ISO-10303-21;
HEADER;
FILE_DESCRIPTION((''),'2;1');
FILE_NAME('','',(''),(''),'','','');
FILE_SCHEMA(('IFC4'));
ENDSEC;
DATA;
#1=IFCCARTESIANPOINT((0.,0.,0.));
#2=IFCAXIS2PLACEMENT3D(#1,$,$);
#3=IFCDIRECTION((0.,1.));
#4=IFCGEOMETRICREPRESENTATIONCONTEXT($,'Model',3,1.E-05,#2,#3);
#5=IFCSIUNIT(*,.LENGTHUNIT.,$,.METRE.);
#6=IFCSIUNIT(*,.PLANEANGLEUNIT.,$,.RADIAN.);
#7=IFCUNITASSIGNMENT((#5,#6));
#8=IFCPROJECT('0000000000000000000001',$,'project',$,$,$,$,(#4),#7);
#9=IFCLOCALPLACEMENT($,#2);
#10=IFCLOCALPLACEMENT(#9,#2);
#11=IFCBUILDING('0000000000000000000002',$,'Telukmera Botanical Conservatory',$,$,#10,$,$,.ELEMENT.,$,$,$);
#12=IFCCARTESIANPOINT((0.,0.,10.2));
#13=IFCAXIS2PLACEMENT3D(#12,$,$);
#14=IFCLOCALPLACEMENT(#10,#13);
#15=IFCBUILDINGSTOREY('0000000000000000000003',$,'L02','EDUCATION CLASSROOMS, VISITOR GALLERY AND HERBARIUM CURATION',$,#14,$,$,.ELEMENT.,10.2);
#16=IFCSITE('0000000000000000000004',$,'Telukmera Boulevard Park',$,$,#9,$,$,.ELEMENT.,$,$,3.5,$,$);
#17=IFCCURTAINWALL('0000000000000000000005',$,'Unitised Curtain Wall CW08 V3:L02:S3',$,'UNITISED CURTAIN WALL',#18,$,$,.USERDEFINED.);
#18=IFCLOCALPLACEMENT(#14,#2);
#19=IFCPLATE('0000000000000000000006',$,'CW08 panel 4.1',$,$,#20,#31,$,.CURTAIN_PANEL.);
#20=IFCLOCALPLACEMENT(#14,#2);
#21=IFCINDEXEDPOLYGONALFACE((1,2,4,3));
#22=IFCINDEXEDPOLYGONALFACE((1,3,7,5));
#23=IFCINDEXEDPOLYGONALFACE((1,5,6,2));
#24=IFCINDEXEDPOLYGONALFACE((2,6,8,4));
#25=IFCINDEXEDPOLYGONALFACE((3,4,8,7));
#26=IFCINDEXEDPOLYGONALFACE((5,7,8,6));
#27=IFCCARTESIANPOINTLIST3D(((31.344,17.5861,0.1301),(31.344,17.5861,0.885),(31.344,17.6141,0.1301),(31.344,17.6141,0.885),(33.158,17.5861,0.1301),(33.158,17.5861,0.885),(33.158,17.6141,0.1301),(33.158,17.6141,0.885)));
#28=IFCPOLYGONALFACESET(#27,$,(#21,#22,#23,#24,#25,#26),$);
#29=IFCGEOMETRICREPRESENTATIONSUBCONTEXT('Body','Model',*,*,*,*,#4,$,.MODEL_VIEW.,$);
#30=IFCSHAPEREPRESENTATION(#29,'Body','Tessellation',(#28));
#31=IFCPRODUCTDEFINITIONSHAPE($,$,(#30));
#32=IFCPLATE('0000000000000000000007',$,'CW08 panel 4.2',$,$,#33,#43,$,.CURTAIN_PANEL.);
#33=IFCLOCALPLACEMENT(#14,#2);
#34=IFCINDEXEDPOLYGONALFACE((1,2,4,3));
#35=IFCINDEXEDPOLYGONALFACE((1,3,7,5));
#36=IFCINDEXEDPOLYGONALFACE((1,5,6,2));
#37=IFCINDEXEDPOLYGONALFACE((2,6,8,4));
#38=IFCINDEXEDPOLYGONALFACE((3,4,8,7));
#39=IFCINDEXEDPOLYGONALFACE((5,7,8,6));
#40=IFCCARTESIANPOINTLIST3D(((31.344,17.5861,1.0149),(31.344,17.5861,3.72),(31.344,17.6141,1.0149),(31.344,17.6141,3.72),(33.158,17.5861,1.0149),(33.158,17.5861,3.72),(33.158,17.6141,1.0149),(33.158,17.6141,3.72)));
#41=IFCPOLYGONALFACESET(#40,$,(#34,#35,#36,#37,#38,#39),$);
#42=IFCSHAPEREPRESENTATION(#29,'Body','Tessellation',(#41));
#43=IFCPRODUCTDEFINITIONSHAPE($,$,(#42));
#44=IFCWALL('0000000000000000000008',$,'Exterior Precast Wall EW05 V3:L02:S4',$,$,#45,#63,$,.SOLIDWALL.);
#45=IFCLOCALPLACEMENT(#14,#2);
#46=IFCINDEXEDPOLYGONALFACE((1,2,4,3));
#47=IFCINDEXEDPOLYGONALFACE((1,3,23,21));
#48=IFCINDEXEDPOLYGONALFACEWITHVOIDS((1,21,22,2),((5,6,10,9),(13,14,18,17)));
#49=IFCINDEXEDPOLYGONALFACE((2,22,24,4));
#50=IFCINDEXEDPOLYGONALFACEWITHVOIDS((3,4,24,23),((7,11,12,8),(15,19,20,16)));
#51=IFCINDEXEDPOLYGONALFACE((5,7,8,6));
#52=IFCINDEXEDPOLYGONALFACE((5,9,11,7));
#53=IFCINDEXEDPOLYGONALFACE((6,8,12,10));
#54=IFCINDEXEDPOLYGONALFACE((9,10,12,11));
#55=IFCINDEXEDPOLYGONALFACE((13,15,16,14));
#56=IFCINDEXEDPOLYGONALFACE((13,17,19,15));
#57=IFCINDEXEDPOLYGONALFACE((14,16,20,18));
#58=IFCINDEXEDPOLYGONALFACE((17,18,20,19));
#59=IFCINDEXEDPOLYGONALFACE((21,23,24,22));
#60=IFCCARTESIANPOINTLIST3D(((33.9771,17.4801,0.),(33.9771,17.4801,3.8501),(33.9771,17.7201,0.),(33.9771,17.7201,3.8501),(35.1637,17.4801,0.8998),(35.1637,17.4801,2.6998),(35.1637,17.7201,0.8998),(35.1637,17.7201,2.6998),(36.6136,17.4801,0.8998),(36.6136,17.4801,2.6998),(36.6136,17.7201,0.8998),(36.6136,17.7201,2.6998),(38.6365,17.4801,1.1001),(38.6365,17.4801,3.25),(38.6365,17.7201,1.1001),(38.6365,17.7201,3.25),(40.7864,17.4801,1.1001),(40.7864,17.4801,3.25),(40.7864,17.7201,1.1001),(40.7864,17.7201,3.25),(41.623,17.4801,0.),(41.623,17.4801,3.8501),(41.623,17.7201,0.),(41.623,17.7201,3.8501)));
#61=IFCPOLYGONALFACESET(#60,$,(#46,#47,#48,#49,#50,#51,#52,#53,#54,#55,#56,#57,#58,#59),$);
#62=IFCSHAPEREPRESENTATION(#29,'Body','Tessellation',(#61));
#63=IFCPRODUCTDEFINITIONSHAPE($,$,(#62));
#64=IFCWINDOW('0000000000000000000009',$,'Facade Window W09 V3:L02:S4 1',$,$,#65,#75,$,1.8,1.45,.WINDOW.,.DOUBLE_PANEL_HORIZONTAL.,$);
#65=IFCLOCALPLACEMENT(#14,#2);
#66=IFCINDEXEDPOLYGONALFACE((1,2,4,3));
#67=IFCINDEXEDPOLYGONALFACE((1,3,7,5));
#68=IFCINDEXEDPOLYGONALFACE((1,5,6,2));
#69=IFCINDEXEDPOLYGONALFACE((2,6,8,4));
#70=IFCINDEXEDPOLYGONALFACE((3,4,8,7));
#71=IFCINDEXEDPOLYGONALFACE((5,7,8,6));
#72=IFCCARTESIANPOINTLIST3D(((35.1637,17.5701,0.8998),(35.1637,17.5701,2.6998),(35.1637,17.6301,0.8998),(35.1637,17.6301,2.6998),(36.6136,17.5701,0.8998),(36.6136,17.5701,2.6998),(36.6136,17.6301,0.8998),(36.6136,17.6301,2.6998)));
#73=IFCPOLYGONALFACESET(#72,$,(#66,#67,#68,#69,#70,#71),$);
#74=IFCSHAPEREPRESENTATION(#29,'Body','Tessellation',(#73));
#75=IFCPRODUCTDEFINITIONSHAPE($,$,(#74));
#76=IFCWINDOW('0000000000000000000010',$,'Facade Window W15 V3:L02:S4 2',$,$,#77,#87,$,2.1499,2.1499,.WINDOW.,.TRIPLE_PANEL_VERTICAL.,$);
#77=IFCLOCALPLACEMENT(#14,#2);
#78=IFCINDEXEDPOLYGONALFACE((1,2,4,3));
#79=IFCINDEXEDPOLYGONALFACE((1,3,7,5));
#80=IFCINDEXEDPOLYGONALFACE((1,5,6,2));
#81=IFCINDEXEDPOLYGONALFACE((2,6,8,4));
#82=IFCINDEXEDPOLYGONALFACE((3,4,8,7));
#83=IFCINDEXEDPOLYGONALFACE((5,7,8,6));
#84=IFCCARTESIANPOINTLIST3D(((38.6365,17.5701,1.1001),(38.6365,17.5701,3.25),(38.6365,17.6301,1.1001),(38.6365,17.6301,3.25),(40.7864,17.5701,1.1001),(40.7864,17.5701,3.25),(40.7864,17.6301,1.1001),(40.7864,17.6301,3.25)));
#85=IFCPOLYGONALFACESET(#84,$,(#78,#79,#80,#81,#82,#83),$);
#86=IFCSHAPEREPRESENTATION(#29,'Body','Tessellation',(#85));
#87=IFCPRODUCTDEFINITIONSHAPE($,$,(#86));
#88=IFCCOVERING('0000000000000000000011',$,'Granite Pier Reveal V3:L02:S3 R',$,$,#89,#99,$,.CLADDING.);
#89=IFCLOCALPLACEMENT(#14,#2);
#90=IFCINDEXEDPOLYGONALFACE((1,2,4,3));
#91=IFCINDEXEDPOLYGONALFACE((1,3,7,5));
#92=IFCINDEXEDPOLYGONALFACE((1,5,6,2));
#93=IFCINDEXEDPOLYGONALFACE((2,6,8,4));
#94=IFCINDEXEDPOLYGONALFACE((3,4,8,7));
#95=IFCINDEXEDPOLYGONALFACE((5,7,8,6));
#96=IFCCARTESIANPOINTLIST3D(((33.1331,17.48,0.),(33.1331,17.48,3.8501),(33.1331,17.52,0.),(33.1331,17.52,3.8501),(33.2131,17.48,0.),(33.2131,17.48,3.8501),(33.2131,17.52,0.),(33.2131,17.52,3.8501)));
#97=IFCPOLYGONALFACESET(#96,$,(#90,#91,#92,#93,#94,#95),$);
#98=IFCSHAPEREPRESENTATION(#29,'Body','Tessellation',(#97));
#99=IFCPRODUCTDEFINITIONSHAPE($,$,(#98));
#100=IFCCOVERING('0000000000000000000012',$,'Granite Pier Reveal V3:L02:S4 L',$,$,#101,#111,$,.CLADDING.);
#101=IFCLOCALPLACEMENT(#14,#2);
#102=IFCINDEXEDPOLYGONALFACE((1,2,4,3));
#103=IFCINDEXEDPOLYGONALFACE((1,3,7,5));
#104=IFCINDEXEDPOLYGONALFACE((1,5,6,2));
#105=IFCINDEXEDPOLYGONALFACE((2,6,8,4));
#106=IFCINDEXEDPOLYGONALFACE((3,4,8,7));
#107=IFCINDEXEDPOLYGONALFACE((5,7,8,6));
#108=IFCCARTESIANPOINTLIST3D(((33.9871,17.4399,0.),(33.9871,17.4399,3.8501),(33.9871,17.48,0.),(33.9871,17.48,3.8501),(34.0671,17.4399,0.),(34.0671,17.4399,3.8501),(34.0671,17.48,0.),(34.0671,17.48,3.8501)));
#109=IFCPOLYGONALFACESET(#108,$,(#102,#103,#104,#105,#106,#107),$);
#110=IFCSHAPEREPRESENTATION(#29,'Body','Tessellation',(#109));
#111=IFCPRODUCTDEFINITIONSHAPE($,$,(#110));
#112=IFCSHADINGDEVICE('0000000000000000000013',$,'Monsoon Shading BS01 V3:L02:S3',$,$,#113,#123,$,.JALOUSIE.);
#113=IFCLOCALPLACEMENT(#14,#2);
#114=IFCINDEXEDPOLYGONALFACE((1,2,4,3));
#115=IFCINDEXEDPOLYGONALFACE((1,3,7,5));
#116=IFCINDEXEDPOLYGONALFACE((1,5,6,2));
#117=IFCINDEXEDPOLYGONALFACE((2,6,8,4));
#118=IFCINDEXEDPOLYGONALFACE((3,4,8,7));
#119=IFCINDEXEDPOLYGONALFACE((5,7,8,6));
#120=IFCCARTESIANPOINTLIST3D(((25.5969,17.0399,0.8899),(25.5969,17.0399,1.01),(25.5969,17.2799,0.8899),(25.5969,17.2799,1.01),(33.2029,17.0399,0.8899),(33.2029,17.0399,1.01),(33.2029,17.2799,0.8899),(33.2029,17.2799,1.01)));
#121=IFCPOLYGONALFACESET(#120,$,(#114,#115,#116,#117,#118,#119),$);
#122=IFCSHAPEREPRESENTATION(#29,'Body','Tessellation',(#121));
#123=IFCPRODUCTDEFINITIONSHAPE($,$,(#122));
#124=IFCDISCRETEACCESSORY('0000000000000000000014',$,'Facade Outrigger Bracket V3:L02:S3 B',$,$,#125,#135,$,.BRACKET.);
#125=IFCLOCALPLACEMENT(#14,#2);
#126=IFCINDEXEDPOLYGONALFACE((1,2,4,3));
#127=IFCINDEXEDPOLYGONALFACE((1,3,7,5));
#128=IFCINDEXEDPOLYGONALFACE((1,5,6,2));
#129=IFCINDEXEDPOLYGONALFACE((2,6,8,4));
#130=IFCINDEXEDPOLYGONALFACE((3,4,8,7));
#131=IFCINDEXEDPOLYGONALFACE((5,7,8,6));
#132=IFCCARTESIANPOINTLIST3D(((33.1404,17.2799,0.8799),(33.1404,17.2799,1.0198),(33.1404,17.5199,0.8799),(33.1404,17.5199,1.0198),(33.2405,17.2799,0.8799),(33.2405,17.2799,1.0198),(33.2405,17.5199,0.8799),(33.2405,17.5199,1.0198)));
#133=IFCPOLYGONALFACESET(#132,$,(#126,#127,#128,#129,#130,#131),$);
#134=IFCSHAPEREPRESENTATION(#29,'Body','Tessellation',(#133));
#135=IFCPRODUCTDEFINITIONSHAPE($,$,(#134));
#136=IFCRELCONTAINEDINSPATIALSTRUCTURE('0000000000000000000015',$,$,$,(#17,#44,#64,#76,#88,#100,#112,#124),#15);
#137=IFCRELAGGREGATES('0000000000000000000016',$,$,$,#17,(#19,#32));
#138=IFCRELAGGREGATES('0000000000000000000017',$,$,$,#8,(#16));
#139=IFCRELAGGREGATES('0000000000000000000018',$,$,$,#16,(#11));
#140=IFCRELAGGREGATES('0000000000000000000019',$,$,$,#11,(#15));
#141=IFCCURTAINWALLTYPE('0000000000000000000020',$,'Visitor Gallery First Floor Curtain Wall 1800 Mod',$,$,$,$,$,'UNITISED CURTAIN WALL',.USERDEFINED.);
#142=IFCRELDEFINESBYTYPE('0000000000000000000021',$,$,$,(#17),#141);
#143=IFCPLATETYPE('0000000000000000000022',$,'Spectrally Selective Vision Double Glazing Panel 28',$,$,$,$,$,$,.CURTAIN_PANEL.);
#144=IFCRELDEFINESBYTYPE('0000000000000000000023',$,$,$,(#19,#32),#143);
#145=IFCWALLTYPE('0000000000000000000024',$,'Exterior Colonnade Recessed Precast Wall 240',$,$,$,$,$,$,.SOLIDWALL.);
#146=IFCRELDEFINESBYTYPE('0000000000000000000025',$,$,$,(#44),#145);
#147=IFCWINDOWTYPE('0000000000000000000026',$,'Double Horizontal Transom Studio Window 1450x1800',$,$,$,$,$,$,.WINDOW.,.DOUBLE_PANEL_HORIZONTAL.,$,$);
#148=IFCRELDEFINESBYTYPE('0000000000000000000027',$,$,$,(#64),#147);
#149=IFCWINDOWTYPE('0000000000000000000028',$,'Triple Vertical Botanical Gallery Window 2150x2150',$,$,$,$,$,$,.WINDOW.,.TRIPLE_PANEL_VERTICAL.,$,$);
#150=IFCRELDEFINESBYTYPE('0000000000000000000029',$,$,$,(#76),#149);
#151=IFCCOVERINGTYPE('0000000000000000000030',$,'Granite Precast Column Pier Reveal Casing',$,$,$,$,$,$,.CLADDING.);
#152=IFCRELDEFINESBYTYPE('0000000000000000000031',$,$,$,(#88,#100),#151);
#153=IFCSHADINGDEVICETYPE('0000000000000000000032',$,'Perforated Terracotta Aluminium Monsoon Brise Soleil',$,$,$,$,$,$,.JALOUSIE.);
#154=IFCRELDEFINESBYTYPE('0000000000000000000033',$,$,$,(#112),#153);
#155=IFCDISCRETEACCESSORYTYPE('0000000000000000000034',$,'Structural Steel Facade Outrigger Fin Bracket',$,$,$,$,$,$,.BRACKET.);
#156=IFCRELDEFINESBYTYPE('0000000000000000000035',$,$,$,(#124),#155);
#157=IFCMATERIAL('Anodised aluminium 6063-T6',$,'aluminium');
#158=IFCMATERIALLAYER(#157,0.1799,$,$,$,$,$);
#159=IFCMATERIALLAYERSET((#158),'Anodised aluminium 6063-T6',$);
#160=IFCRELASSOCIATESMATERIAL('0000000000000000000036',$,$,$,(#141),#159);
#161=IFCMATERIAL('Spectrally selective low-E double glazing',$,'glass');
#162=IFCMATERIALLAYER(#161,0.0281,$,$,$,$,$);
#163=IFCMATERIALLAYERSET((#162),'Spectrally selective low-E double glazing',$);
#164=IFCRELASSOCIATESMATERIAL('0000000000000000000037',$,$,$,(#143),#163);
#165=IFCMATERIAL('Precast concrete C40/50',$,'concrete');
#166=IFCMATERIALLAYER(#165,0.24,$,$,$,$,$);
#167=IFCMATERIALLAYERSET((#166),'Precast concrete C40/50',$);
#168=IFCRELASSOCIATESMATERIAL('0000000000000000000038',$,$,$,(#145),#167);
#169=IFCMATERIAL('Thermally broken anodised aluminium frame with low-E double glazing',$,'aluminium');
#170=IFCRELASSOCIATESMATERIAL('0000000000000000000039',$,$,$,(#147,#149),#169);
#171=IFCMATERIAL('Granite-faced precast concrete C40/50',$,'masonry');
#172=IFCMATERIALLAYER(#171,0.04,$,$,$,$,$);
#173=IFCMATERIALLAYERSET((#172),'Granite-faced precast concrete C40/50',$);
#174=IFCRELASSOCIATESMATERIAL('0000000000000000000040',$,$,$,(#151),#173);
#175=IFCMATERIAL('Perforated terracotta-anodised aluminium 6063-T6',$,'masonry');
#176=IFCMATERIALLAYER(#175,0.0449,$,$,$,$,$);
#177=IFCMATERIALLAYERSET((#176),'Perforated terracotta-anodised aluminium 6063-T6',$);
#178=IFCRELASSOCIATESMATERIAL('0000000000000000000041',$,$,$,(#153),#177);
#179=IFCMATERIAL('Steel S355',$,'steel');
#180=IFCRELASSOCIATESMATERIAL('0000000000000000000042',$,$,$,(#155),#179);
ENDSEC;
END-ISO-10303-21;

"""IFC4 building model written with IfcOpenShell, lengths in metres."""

from ifc_helpers import new_model, si_unit, direction, frame, frame_2d, origin, origin_2d, place, context, subcontext, project, spatial, rectangle, extrude, material, layer, layer_set, type_object, element, fill, aggregate, save


model = new_model("IFC4")

# Units and contexts
model_context = context("Model", 3, precision=1e-05, world=origin(), true_north=direction((0.0, 1.0)))
body_context = subcontext(model_context, "Body", "Model", "MODEL_VIEW")
ifc_project = project(units=[si_unit("LENGTHUNIT", "METRE"), si_unit("PLANEANGLEUNIT", "RADIAN")], contexts=[model_context])

# Site, building, storey
site_placement = place(None, origin())
site = spatial("IfcSite", under=ifc_project, at=site_placement, Name="Telukmera Boulevard Park", CompositionType="ELEMENT", RefElevation=3.5)
building_placement = place(site_placement, origin())
building = spatial("IfcBuilding", under=site, at=building_placement, Name="Telukmera Botanical Conservatory", CompositionType="ELEMENT")
storey_placement = place(building_placement, frame((0.0, 0.0, 10.2)))
storey = spatial("IfcBuildingStorey", under=building, at=storey_placement, Name="L02", Description="EDUCATION CLASSROOMS, VISITOR GALLERY AND HERBARIUM CURATION", CompositionType="ELEMENT", Elevation=10.2)

# Curtain wall, plates
ifc_material_1 = material(Name="Anodised aluminium 6063-T6", Category="aluminium")
ifc_layer_1 = layer(ifc_material_1, 0.1799)
ifc_layer_set_1 = layer_set([ifc_layer_1], Name="Anodised aluminium 6063-T6")
curtain_wall_type = type_object("IfcCurtainWallType", Name="Visitor Gallery First Floor Curtain Wall 1800 Mod", ElementType="UNITISED CURTAIN WALL", PredefinedType="USERDEFINED", material=ifc_layer_set_1)
curtain_wall_placement = place(storey_placement, origin())
curtain_wall = element("IfcCurtainWall", 1, at=curtain_wall_placement, inside=storey, type_object=curtain_wall_type, Name="Unitised Curtain Wall CW08 V3:L02:S3", ObjectType="UNITISED CURTAIN WALL", PredefinedType="USERDEFINED")
ifc_material_2 = material(Name="Spectrally selective low-E double glazing", Category="glass")
ifc_layer_2 = layer(ifc_material_2, 0.0281)
ifc_layer_set_2 = layer_set([ifc_layer_2], Name="Spectrally selective low-E double glazing")
plate_type = type_object("IfcPlateType", Name="Spectrally Selective Vision Double Glazing Panel 28", PredefinedType="CURTAIN_PANEL", material=ifc_layer_set_2)
plate_1_placement = place(storey_placement, frame((32.251, 17.6001, 0.1301), z_axis=(0.0, 0.0, 1.0), x_axis=(1.0, 0.0, 0.0)))
plate_1 = element("IfcPlate", 2, at=plate_1_placement, type_object=plate_type, Name="CW08 panel 4.1", PredefinedType="CURTAIN_PANEL", context=body_context, shape_type="SweptSolid", body=[
    extrude(rectangle(XDim=1.814, YDim=0.0281, at=origin_2d()), origin(), (0.0, 0.0, 1.0), 0.7549),
])
plate_2_placement = place(storey_placement, frame((32.251, 17.6001, 1.0149), z_axis=(0.0, 0.0, 1.0), x_axis=(1.0, 0.0, 0.0)))
plate_2 = element("IfcPlate", 3, at=plate_2_placement, type_object=plate_type, Name="CW08 panel 4.2", PredefinedType="CURTAIN_PANEL", context=body_context, shape_type="SweptSolid", body=[
    extrude(rectangle(XDim=1.814, YDim=0.0281, at=origin_2d()), origin(), (0.0, 0.0, 1.0), 2.7051),
])
aggregate(curtain_wall, [plate_1, plate_2])

# Wall, openings, windows
ifc_material_3 = material(Name="Precast concrete C40/50", Category="concrete")
ifc_layer_3 = layer(ifc_material_3, 0.24)
ifc_layer_set_3 = layer_set([ifc_layer_3], Name="Precast concrete C40/50")
wall_type = type_object("IfcWallType", Name="Exterior Colonnade Recessed Precast Wall 240", PredefinedType="SOLIDWALL", material=ifc_layer_set_3)
wall_placement = place(storey_placement, frame((33.9771, 17.6001, 0.0), z_axis=(0.0, 0.0, 1.0), x_axis=(1.0, 0.0, 0.0)))
wall = element("IfcWall", 4, at=wall_placement, inside=storey, type_object=wall_type, Name="Exterior Precast Wall EW05 V3:L02:S4", PredefinedType="SOLIDWALL", context=body_context, shape_type="SweptSolid", body=[
    extrude(rectangle(XDim=7.646, YDim=0.24, at=frame_2d((3.823, 0.0))), origin(), (0.0, 0.0, 1.0), 3.8501),
])
opening_1_placement = place(wall_placement, frame((1.1865, 0.0, 0.8999)))
opening_1 = element("IfcOpeningElement", 5, at=opening_1_placement, cuts=wall, PredefinedType="OPENING", context=body_context, shape_type="SweptSolid", body=[
    extrude(rectangle(XDim=1.45, YDim=1.8, at=frame_2d((0.7251, 0.8999))), frame((0.0, 0.1299, 0.0), z_axis=(0.0, -1.0, 0.0), x_axis=(1.0, 0.0, 0.0)), (0.0, 0.0, 1.0), 0.26),
])
opening_2_placement = place(wall_placement, frame((4.6594, 0.0, 1.1001)))
opening_2 = element("IfcOpeningElement", 6, at=opening_2_placement, cuts=wall, PredefinedType="OPENING", context=body_context, shape_type="SweptSolid", body=[
    extrude(rectangle(XDim=2.1499, YDim=2.1499, at=frame_2d((1.075, 1.075))), frame((0.0, 0.1299, 0.0), z_axis=(0.0, -1.0, 0.0), x_axis=(1.0, 0.0, 0.0)), (0.0, 0.0, 1.0), 0.26),
])
ifc_material_4 = material(Name="Thermally broken anodised aluminium frame with low-E double glazing", Category="aluminium")
window_type_1 = type_object("IfcWindowType", Name="Double Horizontal Transom Studio Window 1450x1800", PartitioningType="DOUBLE_PANEL_HORIZONTAL", PredefinedType="WINDOW", material=ifc_material_4)
window_1_placement = place(opening_1_placement, origin())
window_1 = element("IfcWindow", 7, at=window_1_placement, inside=storey, type_object=window_type_1, Name="Facade Window W09 V3:L02:S4 1", OverallHeight=1.8, OverallWidth=1.45, PartitioningType="DOUBLE_PANEL_HORIZONTAL", PredefinedType="WINDOW", context=body_context, shape_type="SweptSolid", body=[
    extrude(rectangle(XDim=1.45, YDim=1.8, at=frame_2d((0.7251, 0.8999))), frame((0.0, 0.03, 0.0), z_axis=(0.0, -1.0, 0.0), x_axis=(1.0, 0.0, 0.0)), (0.0, 0.0, 1.0), 0.0601),
])
fill(opening_1, window_1)
window_type_2 = type_object("IfcWindowType", Name="Triple Vertical Botanical Gallery Window 2150x2150", PartitioningType="TRIPLE_PANEL_VERTICAL", PredefinedType="WINDOW", material=ifc_material_4)
window_2_placement = place(opening_2_placement, origin())
window_2 = element("IfcWindow", 8, at=window_2_placement, inside=storey, type_object=window_type_2, Name="Facade Window W15 V3:L02:S4 2", OverallHeight=2.1499, OverallWidth=2.1499, PartitioningType="TRIPLE_PANEL_VERTICAL", PredefinedType="WINDOW", context=body_context, shape_type="SweptSolid", body=[
    extrude(rectangle(XDim=2.1499, YDim=2.1499, at=frame_2d((1.075, 1.075))), frame((0.0, 0.03, 0.0), z_axis=(0.0, -1.0, 0.0), x_axis=(1.0, 0.0, 0.0)), (0.0, 0.0, 1.0), 0.0601),
])
fill(opening_2, window_2)

# Coverings
ifc_material_5 = material(Name="Granite-faced precast concrete C40/50", Category="masonry")
ifc_layer_4 = layer(ifc_material_5, 0.04)
ifc_layer_set_4 = layer_set([ifc_layer_4], Name="Granite-faced precast concrete C40/50")
covering_type = type_object("IfcCoveringType", Name="Granite Precast Column Pier Reveal Casing", PredefinedType="CLADDING", material=ifc_layer_set_4)
for number, where, z_axis, x_axis, name in (
    (9, (33.1731, 17.5, 0.0), (0.0, 0.0, 1.0), (1.0, 0.0, 0.0), "Granite Pier Reveal V3:L02:S3 R"),
    (10, (34.0271, 17.46, 0.0), (0.0, 0.0, 1.0), (1.0, 0.0, 0.0), "Granite Pier Reveal V3:L02:S4 L"),
):
    element("IfcCovering", number, at=place(storey_placement, frame(where, z_axis=z_axis, x_axis=x_axis)), inside=storey, type_object=covering_type, Name=name, PredefinedType="CLADDING", context=body_context, shape_type="SweptSolid", body=[
        extrude(rectangle(XDim=0.0801, YDim=0.04, at=origin_2d()), origin(), (0.0, 0.0, 1.0), 3.8501),
    ])

# Shading device
ifc_material_6 = material(Name="Perforated terracotta-anodised aluminium 6063-T6", Category="masonry")
ifc_layer_5 = layer(ifc_material_6, 0.0449)
ifc_layer_set_5 = layer_set([ifc_layer_5], Name="Perforated terracotta-anodised aluminium 6063-T6")
shading_device_type = type_object("IfcShadingDeviceType", Name="Perforated Terracotta Aluminium Monsoon Brise Soleil", PredefinedType="JALOUSIE", material=ifc_layer_set_5)
shading_device_placement = place(storey_placement, frame((29.3999, 17.1599, 0.8899), z_axis=(0.0, 0.0, 1.0), x_axis=(1.0, 0.0, 0.0)))
element("IfcShadingDevice", 11, at=shading_device_placement, inside=storey, type_object=shading_device_type, Name="Monsoon Shading BS01 V3:L02:S3", PredefinedType="JALOUSIE", context=body_context, shape_type="SweptSolid", body=[
    extrude(rectangle(XDim=7.606, YDim=0.24, at=origin_2d()), origin(), (0.0, 0.0, 1.0), 0.1201),
])

# Discrete accessory
ifc_material_7 = material(Name="Steel S355", Category="steel")
discrete_accessory_type = type_object("IfcDiscreteAccessoryType", Name="Structural Steel Facade Outrigger Fin Bracket", PredefinedType="BRACKET", material=ifc_material_7)
discrete_accessory_placement = place(storey_placement, frame((33.1904, 17.3999, 0.8799), z_axis=(0.0, 0.0, 1.0), x_axis=(1.0, 0.0, 0.0)))
element("IfcDiscreteAccessory", 12, at=discrete_accessory_placement, inside=storey, type_object=discrete_accessory_type, Name="Facade Outrigger Bracket V3:L02:S3 B", PredefinedType="BRACKET", context=body_context, shape_type="SweptSolid", body=[
    extrude(rectangle(XDim=0.1001, YDim=0.24, at=origin_2d()), origin(), (0.0, 0.0, 1.0), 0.1399),
])

save(model, "model.ifc")
